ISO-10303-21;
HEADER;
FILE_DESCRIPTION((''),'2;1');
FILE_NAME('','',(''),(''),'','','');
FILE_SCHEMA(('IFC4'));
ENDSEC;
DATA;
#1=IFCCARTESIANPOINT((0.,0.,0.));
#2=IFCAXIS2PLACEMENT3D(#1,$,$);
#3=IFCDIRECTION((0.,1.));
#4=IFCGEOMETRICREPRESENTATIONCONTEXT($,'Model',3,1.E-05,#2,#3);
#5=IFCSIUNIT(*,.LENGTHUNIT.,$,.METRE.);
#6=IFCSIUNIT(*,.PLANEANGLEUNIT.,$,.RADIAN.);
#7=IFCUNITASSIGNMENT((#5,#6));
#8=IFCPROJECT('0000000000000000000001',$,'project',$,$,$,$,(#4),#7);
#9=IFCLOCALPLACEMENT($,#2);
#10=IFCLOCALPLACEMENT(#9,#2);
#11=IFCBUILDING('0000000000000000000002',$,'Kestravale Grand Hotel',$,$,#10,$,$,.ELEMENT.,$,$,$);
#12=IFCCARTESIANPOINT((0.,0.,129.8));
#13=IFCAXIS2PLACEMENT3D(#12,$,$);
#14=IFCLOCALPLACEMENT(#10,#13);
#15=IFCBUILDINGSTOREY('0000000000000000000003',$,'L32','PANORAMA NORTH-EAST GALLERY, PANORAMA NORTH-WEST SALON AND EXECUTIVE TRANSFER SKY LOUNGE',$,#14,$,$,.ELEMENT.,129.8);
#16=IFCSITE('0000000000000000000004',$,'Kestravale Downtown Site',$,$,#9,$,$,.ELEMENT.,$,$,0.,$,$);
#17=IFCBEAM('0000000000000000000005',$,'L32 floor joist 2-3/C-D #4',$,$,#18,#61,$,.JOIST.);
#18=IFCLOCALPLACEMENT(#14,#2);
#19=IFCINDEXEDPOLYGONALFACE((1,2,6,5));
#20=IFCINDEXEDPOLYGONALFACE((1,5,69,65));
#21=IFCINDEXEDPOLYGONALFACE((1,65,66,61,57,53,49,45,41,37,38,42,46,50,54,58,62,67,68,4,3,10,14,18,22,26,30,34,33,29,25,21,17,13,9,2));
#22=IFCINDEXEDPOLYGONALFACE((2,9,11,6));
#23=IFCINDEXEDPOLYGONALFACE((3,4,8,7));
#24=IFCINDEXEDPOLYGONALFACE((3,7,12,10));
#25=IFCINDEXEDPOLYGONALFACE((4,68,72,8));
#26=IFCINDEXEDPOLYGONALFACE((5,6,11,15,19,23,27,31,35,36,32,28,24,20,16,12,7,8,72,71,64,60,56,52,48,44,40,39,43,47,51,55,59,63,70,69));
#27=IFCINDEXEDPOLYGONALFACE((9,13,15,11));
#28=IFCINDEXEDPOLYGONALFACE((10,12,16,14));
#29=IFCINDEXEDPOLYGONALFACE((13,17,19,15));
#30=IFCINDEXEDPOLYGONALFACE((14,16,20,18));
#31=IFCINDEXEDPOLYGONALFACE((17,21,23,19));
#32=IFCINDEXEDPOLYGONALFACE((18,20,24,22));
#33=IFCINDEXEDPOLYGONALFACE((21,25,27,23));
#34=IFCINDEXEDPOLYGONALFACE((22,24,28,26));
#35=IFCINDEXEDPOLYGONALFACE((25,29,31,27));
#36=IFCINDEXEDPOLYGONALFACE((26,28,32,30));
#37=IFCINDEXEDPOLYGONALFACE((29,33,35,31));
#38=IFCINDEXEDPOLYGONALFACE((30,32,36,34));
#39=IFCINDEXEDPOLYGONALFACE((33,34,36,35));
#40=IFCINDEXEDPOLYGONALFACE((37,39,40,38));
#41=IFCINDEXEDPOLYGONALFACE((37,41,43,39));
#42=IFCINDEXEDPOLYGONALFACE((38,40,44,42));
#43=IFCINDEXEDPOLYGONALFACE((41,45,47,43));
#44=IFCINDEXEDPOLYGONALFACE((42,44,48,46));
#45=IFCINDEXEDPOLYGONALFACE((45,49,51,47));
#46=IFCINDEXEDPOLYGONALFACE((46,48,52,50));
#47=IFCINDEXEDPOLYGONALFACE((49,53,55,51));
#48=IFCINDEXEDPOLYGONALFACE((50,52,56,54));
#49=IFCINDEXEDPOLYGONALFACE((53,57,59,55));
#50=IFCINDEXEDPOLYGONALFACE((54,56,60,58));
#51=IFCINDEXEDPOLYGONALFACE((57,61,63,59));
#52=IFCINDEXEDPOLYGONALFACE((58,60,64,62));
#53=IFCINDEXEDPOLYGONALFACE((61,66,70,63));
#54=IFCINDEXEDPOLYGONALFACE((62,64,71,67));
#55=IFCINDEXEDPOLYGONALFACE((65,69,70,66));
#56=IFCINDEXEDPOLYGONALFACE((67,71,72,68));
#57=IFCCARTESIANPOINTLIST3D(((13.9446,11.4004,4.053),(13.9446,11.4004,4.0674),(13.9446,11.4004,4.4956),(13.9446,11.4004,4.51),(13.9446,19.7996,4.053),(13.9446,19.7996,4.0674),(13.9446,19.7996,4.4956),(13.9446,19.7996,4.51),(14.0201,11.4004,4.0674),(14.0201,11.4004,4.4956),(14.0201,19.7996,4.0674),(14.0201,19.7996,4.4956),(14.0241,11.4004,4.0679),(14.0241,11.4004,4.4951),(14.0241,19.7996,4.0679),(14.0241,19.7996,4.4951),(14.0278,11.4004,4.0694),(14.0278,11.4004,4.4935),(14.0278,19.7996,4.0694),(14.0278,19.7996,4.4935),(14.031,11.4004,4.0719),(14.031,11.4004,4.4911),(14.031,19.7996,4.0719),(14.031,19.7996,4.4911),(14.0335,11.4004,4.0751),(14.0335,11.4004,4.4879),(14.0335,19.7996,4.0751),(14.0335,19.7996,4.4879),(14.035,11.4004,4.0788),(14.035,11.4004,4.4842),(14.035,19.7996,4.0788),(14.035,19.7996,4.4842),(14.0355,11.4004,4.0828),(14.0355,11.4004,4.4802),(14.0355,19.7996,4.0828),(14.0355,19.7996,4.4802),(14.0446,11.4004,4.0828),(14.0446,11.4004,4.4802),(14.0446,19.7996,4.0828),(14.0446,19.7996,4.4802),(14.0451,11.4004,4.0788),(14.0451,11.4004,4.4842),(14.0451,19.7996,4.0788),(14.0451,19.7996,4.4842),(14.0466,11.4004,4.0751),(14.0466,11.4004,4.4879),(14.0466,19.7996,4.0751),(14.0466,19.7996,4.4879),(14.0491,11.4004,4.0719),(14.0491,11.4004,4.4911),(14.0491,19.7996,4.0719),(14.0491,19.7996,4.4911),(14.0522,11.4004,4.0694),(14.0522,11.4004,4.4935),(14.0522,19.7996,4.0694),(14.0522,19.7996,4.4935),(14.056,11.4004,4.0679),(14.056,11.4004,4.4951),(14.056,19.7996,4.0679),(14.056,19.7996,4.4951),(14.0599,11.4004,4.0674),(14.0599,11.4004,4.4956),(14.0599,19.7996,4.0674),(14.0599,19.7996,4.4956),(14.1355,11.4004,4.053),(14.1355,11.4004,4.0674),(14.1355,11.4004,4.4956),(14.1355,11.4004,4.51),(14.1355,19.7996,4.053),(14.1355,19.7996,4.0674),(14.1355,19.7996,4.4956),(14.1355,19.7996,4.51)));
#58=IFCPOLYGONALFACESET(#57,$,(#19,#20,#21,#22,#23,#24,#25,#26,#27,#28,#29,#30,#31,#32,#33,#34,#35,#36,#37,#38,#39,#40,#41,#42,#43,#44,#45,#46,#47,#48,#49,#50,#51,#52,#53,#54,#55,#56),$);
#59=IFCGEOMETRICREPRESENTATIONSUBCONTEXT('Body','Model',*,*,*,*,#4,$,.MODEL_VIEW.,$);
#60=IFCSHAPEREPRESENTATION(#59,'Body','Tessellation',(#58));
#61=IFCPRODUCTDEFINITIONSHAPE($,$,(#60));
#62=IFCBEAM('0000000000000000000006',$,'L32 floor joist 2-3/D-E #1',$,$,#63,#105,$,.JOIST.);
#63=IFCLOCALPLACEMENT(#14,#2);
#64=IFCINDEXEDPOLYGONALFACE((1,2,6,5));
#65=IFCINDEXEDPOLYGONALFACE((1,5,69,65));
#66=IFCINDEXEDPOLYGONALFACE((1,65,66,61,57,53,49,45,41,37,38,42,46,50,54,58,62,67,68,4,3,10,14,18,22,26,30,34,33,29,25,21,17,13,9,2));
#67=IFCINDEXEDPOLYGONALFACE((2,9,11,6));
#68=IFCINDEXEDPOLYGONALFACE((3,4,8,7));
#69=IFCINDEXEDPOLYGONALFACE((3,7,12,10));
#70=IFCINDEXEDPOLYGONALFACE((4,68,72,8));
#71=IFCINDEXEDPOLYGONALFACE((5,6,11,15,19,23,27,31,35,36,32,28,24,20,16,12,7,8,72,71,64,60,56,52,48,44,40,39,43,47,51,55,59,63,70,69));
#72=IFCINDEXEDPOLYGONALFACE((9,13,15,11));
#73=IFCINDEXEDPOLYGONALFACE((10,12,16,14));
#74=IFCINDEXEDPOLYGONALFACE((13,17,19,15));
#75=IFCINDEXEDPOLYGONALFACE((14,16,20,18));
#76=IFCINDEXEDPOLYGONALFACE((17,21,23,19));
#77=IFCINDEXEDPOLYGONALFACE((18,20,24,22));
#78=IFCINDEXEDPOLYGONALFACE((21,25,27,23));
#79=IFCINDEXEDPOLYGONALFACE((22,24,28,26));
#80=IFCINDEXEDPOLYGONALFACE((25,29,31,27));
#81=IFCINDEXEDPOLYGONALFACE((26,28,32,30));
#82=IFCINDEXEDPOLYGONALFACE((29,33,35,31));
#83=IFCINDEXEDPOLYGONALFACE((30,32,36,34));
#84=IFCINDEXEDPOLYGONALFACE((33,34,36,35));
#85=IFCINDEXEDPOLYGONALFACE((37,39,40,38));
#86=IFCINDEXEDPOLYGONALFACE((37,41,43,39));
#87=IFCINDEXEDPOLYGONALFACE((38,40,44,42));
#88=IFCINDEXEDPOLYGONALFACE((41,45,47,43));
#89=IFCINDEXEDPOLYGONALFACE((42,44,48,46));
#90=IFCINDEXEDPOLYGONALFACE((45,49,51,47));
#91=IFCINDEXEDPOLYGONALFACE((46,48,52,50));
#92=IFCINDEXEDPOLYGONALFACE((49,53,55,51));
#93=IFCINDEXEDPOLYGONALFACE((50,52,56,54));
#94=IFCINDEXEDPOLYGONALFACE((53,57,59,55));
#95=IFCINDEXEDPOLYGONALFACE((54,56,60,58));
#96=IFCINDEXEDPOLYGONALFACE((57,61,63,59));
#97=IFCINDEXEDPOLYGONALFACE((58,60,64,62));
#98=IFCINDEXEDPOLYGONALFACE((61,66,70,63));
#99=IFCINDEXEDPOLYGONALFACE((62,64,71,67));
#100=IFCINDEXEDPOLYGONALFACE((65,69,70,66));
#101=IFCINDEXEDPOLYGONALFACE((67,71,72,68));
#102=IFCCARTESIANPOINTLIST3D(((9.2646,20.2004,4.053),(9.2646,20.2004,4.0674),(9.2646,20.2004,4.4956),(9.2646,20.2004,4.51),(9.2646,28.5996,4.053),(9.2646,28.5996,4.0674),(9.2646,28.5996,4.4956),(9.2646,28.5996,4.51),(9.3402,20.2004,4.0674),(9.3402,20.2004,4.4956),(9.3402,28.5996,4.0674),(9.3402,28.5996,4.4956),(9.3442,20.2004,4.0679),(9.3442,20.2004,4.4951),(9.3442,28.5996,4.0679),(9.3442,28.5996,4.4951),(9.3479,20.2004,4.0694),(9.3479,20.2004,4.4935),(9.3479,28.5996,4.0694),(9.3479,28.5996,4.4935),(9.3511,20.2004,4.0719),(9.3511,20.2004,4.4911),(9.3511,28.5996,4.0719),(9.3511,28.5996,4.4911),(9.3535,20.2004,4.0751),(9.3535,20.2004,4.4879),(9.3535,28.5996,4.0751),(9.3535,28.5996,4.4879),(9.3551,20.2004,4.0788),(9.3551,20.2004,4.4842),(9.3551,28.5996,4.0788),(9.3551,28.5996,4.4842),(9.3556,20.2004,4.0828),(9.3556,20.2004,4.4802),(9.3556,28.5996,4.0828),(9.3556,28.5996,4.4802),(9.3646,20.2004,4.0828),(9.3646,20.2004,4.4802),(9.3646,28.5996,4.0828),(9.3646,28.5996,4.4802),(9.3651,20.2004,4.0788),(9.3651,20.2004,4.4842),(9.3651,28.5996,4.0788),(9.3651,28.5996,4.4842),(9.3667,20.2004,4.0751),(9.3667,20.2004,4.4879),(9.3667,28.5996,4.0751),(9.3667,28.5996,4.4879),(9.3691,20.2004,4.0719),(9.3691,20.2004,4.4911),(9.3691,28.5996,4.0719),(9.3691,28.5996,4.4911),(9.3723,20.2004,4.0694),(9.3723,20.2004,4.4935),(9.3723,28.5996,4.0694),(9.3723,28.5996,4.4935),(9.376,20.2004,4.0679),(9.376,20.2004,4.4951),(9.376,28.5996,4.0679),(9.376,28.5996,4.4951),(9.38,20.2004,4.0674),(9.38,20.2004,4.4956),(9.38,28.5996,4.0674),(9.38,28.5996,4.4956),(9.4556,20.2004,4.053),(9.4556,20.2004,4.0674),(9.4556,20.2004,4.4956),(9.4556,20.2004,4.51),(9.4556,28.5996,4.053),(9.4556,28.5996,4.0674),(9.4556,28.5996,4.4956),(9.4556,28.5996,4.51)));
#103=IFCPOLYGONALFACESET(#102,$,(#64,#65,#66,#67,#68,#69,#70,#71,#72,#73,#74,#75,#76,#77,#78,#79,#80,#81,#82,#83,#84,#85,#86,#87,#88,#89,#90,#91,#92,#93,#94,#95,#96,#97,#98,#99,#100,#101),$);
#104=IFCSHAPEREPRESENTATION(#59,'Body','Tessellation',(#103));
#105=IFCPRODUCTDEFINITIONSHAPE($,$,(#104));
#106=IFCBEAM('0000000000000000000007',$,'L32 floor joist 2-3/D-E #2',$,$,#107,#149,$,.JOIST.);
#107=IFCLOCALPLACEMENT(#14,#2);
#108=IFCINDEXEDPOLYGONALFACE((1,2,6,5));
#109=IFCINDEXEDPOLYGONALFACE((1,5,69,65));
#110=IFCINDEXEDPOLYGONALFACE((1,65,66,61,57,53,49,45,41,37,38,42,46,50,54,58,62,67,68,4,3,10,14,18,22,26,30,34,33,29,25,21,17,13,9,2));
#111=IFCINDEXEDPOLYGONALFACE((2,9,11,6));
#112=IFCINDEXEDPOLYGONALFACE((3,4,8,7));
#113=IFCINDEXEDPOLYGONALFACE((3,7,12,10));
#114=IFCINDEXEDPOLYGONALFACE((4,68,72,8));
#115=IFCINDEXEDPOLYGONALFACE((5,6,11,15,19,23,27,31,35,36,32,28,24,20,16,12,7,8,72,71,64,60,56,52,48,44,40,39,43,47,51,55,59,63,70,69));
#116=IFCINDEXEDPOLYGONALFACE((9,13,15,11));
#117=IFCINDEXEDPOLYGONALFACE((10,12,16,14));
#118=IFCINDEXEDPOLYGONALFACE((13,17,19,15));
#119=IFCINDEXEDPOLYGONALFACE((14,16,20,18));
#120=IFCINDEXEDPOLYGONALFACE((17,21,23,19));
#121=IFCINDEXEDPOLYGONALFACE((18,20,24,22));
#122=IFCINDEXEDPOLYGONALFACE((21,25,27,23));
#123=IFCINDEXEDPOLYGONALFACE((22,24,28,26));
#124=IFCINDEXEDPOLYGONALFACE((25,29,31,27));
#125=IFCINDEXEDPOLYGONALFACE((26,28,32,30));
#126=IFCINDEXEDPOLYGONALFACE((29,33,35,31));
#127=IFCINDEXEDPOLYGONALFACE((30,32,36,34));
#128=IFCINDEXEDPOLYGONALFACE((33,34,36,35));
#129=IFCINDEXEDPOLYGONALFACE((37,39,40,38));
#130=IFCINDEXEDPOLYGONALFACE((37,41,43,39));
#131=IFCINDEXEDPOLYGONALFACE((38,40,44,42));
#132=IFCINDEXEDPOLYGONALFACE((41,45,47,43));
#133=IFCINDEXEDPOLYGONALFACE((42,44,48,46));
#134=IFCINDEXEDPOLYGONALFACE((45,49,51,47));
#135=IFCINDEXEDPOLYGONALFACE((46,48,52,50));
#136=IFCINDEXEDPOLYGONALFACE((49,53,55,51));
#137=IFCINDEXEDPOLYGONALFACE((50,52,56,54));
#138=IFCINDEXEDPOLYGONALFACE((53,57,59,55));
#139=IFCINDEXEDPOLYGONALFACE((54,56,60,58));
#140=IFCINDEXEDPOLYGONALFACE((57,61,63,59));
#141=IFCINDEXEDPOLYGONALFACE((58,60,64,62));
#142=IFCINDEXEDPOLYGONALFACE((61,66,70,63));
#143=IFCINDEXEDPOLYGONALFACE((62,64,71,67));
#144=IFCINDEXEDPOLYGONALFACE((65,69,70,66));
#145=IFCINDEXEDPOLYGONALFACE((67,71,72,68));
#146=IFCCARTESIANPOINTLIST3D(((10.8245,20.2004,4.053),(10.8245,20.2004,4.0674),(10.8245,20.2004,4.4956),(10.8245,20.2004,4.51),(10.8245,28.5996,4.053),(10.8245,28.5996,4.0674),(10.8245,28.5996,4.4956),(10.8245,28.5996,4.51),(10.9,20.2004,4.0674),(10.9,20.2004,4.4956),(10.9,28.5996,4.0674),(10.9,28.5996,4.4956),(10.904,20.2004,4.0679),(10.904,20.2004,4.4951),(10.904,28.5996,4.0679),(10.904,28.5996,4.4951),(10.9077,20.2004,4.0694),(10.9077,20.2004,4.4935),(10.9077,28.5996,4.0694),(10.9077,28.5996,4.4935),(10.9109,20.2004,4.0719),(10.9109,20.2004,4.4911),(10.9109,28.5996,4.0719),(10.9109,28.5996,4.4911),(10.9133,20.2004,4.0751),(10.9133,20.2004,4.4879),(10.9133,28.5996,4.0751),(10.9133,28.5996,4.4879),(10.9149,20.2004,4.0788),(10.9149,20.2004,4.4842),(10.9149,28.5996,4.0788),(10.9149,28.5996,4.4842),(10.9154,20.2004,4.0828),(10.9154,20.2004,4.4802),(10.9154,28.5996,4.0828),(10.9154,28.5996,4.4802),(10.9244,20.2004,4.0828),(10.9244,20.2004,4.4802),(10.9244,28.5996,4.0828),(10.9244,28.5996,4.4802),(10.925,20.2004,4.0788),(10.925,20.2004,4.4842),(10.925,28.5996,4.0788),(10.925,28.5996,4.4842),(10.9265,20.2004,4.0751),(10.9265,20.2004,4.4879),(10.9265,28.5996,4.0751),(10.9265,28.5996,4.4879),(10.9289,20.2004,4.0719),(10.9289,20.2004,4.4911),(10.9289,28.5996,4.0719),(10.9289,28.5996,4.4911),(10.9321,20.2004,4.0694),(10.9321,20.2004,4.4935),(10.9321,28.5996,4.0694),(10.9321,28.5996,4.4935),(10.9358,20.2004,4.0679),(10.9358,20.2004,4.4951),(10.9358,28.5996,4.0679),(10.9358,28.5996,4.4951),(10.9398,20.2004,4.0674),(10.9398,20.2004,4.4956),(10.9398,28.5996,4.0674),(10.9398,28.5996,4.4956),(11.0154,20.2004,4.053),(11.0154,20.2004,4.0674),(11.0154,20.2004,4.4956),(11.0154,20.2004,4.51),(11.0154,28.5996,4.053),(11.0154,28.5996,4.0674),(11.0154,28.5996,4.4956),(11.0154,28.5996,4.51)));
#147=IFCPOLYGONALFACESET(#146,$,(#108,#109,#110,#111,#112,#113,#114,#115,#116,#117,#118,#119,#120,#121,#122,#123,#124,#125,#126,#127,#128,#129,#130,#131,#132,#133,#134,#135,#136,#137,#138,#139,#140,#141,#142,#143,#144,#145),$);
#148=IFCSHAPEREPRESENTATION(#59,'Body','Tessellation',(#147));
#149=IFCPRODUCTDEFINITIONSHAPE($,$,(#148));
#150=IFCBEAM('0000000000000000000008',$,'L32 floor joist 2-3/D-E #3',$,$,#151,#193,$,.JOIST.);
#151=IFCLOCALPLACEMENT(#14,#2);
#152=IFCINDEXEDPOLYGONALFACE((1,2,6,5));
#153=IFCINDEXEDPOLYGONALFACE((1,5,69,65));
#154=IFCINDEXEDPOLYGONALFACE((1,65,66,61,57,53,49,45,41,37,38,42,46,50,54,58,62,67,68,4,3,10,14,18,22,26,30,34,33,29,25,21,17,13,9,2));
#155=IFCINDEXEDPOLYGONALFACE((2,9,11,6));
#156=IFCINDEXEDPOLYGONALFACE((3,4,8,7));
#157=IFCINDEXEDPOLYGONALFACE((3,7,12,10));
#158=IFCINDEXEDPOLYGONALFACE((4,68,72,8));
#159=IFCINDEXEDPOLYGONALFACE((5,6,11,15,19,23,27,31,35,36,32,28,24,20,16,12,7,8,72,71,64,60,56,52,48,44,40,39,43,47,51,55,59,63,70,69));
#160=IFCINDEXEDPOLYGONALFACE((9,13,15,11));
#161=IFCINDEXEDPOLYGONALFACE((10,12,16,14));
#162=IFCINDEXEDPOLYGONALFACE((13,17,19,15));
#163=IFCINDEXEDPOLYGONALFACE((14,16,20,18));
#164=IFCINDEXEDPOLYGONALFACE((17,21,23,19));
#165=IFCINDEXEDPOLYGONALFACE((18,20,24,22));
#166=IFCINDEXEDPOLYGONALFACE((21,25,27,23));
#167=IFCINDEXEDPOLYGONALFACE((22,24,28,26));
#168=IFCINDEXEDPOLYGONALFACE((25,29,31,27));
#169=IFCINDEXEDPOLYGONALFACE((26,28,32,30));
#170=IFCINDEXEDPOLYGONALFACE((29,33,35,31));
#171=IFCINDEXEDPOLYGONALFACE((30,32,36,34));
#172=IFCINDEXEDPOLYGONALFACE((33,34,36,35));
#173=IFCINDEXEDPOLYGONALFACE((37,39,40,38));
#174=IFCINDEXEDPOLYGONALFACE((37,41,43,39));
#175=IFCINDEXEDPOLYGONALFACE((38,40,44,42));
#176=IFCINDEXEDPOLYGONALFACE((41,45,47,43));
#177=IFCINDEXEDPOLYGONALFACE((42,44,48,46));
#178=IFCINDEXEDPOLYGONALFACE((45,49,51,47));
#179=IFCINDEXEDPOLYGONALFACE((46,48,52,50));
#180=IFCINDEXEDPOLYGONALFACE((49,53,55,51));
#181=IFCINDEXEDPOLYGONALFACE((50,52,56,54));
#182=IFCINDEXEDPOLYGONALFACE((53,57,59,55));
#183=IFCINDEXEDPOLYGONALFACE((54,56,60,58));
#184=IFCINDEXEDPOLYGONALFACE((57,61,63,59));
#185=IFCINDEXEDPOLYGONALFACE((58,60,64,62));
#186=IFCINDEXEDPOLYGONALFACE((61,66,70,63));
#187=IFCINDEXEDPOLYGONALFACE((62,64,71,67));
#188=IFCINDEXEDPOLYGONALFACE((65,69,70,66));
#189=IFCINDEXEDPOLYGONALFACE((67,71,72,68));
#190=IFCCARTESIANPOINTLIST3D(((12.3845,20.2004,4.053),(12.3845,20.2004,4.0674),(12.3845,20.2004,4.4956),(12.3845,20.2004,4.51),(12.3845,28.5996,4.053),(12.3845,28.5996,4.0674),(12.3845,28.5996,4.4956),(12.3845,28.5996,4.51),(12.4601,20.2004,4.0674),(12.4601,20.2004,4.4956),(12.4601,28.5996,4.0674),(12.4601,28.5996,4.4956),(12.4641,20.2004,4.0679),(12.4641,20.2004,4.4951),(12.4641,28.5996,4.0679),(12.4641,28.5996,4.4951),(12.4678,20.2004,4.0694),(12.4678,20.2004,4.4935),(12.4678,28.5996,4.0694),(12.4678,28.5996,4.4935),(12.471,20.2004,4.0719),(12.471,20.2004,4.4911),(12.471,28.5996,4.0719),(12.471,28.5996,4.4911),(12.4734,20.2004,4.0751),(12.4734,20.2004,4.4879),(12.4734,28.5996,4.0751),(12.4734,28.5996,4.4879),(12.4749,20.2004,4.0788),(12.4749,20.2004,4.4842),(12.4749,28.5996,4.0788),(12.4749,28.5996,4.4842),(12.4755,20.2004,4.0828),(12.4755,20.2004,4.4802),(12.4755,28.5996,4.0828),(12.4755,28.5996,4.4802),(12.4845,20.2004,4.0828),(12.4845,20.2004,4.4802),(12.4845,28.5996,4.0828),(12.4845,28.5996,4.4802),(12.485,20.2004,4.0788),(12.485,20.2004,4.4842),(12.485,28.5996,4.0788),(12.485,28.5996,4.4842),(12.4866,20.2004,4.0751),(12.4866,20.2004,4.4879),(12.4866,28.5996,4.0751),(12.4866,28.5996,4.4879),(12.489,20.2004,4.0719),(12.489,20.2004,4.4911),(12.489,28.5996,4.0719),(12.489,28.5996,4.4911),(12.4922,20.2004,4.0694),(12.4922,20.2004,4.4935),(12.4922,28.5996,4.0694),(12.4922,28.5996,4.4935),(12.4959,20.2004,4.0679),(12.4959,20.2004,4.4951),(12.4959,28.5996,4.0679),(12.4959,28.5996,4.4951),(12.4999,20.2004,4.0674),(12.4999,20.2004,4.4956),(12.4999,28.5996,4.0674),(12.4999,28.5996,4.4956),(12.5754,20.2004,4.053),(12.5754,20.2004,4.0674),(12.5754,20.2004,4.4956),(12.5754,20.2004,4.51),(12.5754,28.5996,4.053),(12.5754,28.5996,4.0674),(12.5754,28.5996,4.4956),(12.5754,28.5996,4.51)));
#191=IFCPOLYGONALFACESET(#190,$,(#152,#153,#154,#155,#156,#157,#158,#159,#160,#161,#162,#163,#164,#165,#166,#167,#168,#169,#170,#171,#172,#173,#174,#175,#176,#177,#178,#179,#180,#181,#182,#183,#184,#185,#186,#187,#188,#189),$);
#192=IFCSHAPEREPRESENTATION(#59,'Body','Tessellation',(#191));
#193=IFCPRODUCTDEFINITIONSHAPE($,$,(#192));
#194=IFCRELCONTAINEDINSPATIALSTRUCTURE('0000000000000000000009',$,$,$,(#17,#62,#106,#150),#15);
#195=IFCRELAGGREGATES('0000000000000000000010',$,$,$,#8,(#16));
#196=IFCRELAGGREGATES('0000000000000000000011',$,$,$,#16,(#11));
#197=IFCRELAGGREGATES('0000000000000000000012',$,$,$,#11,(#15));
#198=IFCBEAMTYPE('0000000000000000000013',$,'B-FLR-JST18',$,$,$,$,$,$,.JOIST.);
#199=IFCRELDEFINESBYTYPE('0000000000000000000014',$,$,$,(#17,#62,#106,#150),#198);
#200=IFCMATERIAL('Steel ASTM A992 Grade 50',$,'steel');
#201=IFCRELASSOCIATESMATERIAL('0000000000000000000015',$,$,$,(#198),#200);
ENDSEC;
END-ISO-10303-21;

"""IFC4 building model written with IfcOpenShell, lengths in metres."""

from ifc_helpers import new_model, si_unit, direction, frame, origin, origin_2d, place, context, subcontext, project, spatial, i_section, extrude, material, material_profile, profile_set, type_object, element, save


model = new_model("IFC4")

# Units and contexts
model_context = context("Model", 3, precision=1e-05, world=origin(), true_north=direction((0.0, 1.0)))
body_context = subcontext(model_context, "Body", "Model", "MODEL_VIEW")
ifc_project = project(units=[si_unit("LENGTHUNIT", "METRE"), si_unit("PLANEANGLEUNIT", "RADIAN")], contexts=[model_context])

# Site, building, storey
site_placement = place(None, origin())
site = spatial("IfcSite", under=ifc_project, at=site_placement, Name="Kestravale Downtown Site", CompositionType="ELEMENT", RefElevation=0.0)
building_placement = place(site_placement, origin())
building = spatial("IfcBuilding", under=site, at=building_placement, Name="Kestravale Grand Hotel", CompositionType="ELEMENT")
storey_placement = place(building_placement, frame((0.0, 0.0, 129.8)))
storey = spatial("IfcBuildingStorey", under=building, at=storey_placement, Name="L32", Description="PANORAMA NORTH-EAST GALLERY, PANORAMA NORTH-WEST SALON AND EXECUTIVE TRANSFER SKY LOUNGE", CompositionType="ELEMENT", Elevation=129.8)

# Beams
ifc_material_1 = material(Name="Steel ASTM A992 Grade 50", Category="steel")
ifc_material_profile_1 = material_profile(ifc_material_1, i_section(OverallWidth=0.1909, OverallDepth=0.457, WebThickness=0.009, FlangeThickness=0.0144, FilletRadius=0.0154, at=origin_2d()))
ifc_profile_set_1 = profile_set([ifc_material_profile_1], Name="Steel ASTM A992 Grade 50")
beam_type_1 = type_object("IfcBeamType", Name="B-FLR-JST18", PredefinedType="JOIST", material=ifc_profile_set_1)
for number, where, z_axis, x_axis, name in (
    (1, (14.04, 11.4004, 4.2815), (0.0, 1.0, 0.0), (-1.0, 0.0, 0.0), "L32 floor joist 2-3/C-D #4"),
    (2, (9.3601, 20.2004, 4.2815), (0.0, 1.0, 0.0), (-1.0, 0.0, 0.0), "L32 floor joist 2-3/D-E #1"),
    (3, (10.9199, 20.2004, 4.2815), (0.0, 1.0, 0.0), (-1.0, 0.0, 0.0), "L32 floor joist 2-3/D-E #2"),
    (4, (12.48, 20.2004, 4.2815), (0.0, 1.0, 0.0), (-1.0, 0.0, 0.0), "L32 floor joist 2-3/D-E #3"),
):
    element("IfcBeam", number, at=place(storey_placement, frame(where, z_axis=z_axis, x_axis=x_axis)), inside=storey, type_object=beam_type_1, Name=name, PredefinedType="JOIST", context=body_context, shape_type="SweptSolid", body=[
        extrude(i_section(OverallWidth=0.1909, OverallDepth=0.457, WebThickness=0.009, FlangeThickness=0.0144, FilletRadius=0.0154, at=origin_2d()), origin(), (0.0, 0.0, 1.0), 8.3992),
    ])

save(model, "model.ifc")
